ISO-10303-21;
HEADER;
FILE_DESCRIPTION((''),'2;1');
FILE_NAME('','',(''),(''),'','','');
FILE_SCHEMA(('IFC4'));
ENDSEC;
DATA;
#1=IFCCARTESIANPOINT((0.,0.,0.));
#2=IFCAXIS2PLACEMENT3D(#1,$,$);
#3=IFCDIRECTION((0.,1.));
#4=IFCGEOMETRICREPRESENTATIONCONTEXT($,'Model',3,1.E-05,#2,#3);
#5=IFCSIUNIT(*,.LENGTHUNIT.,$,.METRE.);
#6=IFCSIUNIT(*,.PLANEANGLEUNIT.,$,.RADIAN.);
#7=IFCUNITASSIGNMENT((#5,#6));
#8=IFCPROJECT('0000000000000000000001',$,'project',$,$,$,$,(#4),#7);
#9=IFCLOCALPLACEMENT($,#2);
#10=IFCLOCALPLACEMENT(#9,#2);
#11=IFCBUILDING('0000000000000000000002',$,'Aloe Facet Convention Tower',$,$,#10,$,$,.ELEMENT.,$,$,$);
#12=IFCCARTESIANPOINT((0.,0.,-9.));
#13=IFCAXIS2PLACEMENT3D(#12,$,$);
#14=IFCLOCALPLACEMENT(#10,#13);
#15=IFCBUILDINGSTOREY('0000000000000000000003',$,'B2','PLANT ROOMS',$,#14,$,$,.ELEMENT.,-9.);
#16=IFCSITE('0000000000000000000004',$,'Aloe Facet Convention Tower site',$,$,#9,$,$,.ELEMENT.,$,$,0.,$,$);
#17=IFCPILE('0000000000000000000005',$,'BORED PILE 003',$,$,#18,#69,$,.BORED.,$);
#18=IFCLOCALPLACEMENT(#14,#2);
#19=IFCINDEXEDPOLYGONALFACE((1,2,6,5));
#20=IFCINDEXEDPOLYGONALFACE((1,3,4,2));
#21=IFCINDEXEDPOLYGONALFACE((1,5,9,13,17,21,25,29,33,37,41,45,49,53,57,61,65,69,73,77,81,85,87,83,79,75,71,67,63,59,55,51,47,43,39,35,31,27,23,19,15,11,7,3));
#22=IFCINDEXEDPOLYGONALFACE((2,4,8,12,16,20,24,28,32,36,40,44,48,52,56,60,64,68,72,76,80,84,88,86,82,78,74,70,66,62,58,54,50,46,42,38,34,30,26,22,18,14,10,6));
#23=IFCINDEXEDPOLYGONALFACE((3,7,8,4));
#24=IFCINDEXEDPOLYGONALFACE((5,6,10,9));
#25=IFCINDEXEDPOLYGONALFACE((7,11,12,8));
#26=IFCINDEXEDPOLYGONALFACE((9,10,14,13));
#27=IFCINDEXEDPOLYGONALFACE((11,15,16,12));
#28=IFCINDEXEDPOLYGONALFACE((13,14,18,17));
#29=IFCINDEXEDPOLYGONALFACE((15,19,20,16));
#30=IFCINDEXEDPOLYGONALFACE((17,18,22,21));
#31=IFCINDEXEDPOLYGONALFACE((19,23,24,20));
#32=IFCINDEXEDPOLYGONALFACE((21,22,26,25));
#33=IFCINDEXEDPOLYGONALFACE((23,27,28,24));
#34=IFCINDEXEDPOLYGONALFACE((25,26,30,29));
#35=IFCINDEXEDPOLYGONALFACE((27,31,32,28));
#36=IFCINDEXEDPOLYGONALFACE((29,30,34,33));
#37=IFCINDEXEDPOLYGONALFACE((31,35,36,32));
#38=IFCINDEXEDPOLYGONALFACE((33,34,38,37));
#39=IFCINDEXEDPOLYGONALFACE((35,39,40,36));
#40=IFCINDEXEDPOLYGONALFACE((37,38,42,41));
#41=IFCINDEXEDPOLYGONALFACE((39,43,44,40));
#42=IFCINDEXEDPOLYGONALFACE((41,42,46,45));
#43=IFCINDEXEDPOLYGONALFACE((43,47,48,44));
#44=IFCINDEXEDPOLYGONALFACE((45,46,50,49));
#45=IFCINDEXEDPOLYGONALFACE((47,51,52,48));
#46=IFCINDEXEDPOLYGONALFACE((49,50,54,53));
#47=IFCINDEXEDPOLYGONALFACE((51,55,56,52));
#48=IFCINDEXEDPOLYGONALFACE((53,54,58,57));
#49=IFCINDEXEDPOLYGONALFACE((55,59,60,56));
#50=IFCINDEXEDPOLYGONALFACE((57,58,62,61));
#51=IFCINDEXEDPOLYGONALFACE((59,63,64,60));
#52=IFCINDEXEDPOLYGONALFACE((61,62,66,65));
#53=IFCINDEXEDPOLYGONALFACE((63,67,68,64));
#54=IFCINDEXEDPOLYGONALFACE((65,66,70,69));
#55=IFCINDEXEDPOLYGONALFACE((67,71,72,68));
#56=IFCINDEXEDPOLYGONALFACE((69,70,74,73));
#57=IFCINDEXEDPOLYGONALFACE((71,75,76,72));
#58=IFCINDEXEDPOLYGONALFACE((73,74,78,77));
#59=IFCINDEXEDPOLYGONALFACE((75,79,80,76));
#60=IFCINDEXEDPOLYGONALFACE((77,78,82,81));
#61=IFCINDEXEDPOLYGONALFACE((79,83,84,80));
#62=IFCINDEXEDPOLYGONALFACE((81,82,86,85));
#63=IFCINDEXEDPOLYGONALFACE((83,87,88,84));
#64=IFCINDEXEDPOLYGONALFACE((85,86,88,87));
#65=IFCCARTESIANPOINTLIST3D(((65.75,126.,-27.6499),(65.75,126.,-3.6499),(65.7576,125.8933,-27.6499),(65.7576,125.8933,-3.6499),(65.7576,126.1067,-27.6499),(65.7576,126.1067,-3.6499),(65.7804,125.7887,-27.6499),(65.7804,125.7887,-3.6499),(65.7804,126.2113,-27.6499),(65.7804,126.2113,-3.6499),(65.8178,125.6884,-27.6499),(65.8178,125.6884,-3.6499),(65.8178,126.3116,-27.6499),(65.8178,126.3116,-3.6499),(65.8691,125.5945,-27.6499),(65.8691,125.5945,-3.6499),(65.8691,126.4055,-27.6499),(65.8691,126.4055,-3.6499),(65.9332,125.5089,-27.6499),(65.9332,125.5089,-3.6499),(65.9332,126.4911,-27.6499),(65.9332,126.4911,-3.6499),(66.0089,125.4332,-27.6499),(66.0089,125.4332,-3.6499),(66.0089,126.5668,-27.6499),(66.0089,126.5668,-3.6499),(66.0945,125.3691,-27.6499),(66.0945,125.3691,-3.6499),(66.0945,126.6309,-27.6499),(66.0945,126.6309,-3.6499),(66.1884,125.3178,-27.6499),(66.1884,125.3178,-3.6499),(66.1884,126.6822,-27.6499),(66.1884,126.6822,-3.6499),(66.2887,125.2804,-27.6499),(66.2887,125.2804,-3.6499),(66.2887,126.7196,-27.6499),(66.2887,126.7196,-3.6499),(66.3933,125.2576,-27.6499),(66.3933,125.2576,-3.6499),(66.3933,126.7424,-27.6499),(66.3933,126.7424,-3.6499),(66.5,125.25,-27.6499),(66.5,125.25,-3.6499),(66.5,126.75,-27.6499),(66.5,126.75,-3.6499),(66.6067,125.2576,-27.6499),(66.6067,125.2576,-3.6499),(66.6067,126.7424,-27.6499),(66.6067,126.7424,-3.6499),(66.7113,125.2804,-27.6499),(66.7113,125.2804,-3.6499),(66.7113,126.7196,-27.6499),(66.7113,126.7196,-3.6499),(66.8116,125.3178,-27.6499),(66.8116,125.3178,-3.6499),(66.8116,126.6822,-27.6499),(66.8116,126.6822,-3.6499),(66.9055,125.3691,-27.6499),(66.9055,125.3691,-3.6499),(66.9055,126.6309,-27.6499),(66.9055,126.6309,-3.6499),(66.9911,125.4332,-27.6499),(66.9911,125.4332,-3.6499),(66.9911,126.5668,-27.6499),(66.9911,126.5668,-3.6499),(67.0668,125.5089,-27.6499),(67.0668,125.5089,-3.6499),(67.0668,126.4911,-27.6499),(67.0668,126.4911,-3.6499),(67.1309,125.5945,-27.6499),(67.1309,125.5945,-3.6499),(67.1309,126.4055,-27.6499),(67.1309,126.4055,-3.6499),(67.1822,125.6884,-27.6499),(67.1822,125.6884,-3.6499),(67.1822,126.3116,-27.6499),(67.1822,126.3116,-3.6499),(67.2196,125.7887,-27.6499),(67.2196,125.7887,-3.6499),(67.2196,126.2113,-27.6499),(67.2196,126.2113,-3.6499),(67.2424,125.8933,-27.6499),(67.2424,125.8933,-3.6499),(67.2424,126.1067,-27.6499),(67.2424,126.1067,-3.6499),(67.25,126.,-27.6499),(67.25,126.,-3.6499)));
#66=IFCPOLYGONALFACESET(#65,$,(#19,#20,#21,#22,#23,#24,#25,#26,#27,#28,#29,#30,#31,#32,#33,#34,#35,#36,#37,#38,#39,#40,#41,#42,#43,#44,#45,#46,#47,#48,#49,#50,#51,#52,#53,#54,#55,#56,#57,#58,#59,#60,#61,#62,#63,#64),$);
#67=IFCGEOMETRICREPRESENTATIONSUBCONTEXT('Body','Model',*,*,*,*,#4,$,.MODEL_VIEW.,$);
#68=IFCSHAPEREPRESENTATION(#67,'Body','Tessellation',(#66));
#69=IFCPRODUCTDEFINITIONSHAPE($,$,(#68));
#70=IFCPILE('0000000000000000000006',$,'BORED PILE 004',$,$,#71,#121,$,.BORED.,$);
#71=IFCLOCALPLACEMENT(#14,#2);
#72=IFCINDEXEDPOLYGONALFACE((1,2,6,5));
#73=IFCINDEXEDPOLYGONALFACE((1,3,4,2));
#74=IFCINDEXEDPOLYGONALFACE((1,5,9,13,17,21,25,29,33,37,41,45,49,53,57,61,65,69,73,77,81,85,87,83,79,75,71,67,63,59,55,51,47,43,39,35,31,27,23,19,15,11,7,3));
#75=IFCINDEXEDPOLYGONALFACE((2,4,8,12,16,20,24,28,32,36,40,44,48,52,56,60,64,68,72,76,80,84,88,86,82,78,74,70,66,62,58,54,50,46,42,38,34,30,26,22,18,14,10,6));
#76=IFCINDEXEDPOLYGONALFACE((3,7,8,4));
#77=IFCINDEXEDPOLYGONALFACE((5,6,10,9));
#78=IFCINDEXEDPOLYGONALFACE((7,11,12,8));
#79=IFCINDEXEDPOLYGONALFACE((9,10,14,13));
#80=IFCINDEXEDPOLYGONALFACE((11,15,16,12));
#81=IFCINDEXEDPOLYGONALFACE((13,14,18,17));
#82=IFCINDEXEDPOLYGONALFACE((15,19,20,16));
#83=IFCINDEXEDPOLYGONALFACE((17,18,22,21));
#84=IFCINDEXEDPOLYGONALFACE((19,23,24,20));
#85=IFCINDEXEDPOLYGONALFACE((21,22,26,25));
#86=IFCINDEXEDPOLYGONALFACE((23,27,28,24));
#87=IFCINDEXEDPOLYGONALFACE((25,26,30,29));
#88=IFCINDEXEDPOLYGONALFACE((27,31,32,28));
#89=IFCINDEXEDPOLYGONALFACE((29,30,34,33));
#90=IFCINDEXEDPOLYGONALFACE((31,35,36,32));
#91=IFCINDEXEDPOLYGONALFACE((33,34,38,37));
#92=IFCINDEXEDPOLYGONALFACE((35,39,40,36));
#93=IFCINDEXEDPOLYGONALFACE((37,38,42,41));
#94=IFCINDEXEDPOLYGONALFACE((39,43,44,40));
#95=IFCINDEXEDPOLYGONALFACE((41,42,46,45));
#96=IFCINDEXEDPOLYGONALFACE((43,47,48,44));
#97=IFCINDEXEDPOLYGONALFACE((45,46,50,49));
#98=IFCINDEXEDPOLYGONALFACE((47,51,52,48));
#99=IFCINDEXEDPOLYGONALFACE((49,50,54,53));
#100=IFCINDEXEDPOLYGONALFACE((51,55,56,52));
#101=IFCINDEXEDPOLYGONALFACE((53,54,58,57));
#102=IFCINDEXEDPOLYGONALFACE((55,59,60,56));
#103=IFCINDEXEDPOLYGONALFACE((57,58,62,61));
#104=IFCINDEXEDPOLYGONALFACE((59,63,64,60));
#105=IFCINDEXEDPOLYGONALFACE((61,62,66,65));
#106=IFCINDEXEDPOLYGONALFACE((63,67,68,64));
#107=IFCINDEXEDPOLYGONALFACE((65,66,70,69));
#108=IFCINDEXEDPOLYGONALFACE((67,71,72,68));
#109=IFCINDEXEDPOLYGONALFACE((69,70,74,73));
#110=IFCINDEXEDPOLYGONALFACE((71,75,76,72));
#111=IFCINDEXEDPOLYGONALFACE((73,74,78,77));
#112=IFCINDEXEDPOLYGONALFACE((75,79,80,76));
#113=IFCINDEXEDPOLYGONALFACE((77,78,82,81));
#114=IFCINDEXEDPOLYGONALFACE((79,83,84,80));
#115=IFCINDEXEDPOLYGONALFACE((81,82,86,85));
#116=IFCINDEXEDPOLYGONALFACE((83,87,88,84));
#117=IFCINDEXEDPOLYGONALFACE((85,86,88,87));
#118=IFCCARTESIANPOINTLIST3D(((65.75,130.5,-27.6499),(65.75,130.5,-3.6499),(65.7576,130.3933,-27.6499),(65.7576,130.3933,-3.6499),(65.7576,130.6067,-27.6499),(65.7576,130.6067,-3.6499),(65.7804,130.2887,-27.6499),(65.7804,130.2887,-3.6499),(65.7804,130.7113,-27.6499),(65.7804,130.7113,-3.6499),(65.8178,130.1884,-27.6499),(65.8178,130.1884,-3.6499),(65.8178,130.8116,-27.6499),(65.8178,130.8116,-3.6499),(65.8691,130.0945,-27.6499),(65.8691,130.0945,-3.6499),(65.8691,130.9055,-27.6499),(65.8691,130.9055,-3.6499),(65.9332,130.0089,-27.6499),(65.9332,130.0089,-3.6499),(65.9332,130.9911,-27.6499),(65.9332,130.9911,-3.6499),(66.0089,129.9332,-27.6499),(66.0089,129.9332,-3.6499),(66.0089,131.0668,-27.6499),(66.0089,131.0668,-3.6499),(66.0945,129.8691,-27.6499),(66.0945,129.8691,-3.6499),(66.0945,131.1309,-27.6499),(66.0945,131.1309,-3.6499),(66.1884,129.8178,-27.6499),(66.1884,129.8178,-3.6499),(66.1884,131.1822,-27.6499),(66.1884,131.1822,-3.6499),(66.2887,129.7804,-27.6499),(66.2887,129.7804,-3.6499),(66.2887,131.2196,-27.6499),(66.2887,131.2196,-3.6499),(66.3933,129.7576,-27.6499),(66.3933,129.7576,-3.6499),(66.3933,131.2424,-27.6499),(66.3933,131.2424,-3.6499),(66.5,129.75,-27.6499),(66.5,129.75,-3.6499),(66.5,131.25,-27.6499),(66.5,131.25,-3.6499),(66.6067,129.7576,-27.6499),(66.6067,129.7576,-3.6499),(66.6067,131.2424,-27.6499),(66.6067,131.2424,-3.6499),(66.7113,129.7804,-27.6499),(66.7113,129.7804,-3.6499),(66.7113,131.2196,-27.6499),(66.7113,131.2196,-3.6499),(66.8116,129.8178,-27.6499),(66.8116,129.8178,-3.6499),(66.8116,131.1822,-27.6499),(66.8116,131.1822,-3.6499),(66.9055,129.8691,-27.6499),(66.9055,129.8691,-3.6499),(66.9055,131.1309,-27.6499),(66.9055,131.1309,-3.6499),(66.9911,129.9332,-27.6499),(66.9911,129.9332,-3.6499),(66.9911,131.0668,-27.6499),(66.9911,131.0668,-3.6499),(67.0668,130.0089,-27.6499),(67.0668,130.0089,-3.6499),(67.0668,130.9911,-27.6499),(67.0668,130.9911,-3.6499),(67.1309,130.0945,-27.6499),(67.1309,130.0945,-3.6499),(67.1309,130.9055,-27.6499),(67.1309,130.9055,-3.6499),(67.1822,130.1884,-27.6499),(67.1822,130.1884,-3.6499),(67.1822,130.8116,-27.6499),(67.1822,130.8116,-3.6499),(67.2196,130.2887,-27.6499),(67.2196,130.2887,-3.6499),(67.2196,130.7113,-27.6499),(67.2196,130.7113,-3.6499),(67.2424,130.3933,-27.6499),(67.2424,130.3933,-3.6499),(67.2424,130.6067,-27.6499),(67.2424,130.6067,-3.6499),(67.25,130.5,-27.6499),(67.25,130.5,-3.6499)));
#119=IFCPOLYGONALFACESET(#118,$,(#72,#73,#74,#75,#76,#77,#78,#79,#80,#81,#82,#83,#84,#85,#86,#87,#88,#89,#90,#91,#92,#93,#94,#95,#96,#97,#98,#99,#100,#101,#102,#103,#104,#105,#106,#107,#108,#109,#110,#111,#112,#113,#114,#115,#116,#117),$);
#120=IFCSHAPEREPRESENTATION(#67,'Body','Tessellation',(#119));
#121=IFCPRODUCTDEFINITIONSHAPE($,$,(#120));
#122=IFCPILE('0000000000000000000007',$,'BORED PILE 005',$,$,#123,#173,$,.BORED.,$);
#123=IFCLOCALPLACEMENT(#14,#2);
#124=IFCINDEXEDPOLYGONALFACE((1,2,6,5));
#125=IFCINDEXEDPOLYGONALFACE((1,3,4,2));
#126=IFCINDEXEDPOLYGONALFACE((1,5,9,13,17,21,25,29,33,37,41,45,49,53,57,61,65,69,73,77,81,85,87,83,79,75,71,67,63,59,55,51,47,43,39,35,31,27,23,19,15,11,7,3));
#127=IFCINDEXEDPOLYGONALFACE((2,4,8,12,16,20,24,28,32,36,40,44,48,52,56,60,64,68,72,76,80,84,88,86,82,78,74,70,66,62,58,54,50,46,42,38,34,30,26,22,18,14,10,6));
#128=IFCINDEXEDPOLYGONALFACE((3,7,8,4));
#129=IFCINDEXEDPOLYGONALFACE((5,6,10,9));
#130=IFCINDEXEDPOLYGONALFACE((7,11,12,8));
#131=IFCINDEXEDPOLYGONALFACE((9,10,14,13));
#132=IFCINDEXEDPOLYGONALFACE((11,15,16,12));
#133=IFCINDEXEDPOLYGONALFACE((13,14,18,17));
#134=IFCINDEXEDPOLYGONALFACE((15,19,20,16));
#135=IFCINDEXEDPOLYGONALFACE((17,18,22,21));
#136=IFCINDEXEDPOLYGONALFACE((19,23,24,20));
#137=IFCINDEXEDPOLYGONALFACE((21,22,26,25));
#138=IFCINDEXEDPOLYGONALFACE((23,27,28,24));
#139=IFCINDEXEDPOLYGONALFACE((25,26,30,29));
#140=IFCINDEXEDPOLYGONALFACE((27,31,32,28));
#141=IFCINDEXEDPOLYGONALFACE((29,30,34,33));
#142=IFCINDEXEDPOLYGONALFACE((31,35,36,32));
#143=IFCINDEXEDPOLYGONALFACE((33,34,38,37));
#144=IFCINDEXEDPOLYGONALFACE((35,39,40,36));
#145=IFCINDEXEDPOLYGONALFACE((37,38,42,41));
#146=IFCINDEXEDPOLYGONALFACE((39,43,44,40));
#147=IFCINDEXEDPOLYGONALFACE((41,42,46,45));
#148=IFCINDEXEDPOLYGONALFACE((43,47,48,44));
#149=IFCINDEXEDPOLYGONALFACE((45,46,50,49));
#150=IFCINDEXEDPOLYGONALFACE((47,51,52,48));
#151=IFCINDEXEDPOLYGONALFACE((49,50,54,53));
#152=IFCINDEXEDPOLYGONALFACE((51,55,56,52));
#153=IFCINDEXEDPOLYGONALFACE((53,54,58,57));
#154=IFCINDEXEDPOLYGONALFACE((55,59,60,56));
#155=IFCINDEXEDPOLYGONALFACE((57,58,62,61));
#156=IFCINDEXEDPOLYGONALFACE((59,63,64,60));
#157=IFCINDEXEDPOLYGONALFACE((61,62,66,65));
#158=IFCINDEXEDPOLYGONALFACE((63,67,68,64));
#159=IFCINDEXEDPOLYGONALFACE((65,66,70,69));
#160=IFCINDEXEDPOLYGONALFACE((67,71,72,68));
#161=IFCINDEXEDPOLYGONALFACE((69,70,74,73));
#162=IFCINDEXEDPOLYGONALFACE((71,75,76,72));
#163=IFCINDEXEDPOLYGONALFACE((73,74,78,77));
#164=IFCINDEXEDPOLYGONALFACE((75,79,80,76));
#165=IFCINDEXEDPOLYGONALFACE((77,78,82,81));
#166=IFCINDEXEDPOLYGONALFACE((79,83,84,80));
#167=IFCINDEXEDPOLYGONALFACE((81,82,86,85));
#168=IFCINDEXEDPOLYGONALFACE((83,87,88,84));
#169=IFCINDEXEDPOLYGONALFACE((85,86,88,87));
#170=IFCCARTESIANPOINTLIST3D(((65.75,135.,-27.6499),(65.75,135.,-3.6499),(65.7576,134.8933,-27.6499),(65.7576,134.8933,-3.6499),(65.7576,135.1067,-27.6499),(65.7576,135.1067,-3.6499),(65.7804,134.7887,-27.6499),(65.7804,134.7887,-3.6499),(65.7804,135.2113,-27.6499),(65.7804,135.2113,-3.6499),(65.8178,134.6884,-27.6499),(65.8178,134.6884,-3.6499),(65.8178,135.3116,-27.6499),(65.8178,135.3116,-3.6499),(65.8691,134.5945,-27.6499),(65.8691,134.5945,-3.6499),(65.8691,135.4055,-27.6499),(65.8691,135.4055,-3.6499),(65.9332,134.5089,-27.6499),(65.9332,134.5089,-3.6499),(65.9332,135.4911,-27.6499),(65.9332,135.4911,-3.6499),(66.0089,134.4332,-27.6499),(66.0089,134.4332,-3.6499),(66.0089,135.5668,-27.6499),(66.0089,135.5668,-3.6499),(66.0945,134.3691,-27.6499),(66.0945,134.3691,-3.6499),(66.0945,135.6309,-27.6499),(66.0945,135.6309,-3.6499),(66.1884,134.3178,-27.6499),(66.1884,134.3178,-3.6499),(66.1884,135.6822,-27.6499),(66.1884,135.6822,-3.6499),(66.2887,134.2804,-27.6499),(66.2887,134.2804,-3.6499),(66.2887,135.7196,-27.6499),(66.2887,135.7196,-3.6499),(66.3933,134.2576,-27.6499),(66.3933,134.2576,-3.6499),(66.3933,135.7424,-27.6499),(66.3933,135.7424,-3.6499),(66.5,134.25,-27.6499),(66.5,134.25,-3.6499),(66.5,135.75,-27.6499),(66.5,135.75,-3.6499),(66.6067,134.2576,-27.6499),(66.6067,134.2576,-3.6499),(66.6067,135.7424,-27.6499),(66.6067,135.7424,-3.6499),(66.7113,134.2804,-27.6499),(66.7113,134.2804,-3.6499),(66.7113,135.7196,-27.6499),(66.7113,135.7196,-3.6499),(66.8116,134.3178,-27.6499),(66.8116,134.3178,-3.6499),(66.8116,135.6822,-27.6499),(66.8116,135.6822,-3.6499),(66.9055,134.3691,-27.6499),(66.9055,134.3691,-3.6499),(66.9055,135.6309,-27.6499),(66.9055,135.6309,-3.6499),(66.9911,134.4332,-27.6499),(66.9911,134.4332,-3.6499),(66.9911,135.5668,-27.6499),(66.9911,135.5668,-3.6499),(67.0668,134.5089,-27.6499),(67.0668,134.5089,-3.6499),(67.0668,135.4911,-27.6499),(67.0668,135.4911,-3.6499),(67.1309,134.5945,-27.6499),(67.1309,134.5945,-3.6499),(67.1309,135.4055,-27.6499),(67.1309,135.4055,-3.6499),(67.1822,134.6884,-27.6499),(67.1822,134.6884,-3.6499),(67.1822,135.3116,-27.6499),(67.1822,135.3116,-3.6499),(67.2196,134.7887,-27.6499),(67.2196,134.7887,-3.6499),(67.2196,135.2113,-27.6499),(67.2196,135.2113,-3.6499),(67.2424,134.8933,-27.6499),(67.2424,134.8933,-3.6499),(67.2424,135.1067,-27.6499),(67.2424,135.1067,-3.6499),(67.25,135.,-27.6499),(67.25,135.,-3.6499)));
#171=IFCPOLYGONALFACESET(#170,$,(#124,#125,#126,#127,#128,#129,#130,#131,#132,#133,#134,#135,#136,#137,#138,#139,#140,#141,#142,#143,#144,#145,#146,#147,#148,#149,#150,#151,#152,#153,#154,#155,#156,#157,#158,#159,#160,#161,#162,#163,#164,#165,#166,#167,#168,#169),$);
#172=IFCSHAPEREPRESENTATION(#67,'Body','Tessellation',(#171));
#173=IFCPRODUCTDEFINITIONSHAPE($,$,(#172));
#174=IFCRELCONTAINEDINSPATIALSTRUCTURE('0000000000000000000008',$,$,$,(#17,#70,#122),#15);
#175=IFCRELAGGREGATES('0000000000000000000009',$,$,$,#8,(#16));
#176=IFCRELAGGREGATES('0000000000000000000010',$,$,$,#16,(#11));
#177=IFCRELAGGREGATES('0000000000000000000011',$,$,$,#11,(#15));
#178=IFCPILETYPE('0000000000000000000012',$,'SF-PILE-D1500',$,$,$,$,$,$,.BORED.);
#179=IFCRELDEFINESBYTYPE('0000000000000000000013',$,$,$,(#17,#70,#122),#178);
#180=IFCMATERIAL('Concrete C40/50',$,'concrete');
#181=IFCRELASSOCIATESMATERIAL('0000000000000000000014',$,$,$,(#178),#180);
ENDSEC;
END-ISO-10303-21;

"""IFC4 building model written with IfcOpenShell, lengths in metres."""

from ifc_helpers import new_model, si_unit, direction, frame, origin, origin_2d, place, context, subcontext, project, spatial, circle, extrude, material, material_profile, profile_set, type_object, element, save


model = new_model("IFC4")

# Units and contexts
model_context = context("Model", 3, precision=1e-05, world=origin(), true_north=direction((0.0, 1.0)))
body_context = subcontext(model_context, "Body", "Model", "MODEL_VIEW")
ifc_project = project(units=[si_unit("LENGTHUNIT", "METRE"), si_unit("PLANEANGLEUNIT", "RADIAN")], contexts=[model_context])

# Site, building, storey
site_placement = place(None, origin())
site = spatial("IfcSite", under=ifc_project, at=site_placement, Name="Aloe Facet Convention Tower site", CompositionType="ELEMENT", RefElevation=0.0)
building_placement = place(site_placement, origin())
building = spatial("IfcBuilding", under=site, at=building_placement, Name="Aloe Facet Convention Tower", CompositionType="ELEMENT")
storey_placement = place(building_placement, frame((0.0, 0.0, -9.0)))
storey = spatial("IfcBuildingStorey", under=building, at=storey_placement, Name="B2", Description="PLANT ROOMS", CompositionType="ELEMENT", Elevation=-9.0)

# Piles
ifc_material_1 = material(Name="Concrete C40/50", Category="concrete")
ifc_material_profile_1 = material_profile(ifc_material_1, circle(Radius=0.75, at=origin_2d()), Name="D1500")
ifc_profile_set_1 = profile_set([ifc_material_profile_1], Name="Concrete C40/50")
pile_type = type_object("IfcPileType", Name="SF-PILE-D1500", PredefinedType="BORED", material=ifc_profile_set_1)
for number, where, z_axis, x_axis, name in (
    (1, (66.5, 126.0, -3.6499), (0.0, 0.0, -1.0), (1.0, 0.0, 0.0), "BORED PILE 003"),
    (2, (66.5, 130.5, -3.6499), (0.0, 0.0, -1.0), (1.0, 0.0, 0.0), "BORED PILE 004"),
    (3, (66.5, 135.0, -3.6499), (0.0, 0.0, -1.0), (1.0, 0.0, 0.0), "BORED PILE 005"),
):
    element("IfcPile", number, at=place(storey_placement, frame(where, z_axis=z_axis, x_axis=x_axis)), inside=storey, type_object=pile_type, Name=name, PredefinedType="BORED", context=body_context, shape_type="SweptSolid", body=[
        extrude(circle(Radius=0.75, at=origin_2d()), origin(), (0.0, 0.0, 1.0), 24.0),
    ])

save(model, "model.ifc")
